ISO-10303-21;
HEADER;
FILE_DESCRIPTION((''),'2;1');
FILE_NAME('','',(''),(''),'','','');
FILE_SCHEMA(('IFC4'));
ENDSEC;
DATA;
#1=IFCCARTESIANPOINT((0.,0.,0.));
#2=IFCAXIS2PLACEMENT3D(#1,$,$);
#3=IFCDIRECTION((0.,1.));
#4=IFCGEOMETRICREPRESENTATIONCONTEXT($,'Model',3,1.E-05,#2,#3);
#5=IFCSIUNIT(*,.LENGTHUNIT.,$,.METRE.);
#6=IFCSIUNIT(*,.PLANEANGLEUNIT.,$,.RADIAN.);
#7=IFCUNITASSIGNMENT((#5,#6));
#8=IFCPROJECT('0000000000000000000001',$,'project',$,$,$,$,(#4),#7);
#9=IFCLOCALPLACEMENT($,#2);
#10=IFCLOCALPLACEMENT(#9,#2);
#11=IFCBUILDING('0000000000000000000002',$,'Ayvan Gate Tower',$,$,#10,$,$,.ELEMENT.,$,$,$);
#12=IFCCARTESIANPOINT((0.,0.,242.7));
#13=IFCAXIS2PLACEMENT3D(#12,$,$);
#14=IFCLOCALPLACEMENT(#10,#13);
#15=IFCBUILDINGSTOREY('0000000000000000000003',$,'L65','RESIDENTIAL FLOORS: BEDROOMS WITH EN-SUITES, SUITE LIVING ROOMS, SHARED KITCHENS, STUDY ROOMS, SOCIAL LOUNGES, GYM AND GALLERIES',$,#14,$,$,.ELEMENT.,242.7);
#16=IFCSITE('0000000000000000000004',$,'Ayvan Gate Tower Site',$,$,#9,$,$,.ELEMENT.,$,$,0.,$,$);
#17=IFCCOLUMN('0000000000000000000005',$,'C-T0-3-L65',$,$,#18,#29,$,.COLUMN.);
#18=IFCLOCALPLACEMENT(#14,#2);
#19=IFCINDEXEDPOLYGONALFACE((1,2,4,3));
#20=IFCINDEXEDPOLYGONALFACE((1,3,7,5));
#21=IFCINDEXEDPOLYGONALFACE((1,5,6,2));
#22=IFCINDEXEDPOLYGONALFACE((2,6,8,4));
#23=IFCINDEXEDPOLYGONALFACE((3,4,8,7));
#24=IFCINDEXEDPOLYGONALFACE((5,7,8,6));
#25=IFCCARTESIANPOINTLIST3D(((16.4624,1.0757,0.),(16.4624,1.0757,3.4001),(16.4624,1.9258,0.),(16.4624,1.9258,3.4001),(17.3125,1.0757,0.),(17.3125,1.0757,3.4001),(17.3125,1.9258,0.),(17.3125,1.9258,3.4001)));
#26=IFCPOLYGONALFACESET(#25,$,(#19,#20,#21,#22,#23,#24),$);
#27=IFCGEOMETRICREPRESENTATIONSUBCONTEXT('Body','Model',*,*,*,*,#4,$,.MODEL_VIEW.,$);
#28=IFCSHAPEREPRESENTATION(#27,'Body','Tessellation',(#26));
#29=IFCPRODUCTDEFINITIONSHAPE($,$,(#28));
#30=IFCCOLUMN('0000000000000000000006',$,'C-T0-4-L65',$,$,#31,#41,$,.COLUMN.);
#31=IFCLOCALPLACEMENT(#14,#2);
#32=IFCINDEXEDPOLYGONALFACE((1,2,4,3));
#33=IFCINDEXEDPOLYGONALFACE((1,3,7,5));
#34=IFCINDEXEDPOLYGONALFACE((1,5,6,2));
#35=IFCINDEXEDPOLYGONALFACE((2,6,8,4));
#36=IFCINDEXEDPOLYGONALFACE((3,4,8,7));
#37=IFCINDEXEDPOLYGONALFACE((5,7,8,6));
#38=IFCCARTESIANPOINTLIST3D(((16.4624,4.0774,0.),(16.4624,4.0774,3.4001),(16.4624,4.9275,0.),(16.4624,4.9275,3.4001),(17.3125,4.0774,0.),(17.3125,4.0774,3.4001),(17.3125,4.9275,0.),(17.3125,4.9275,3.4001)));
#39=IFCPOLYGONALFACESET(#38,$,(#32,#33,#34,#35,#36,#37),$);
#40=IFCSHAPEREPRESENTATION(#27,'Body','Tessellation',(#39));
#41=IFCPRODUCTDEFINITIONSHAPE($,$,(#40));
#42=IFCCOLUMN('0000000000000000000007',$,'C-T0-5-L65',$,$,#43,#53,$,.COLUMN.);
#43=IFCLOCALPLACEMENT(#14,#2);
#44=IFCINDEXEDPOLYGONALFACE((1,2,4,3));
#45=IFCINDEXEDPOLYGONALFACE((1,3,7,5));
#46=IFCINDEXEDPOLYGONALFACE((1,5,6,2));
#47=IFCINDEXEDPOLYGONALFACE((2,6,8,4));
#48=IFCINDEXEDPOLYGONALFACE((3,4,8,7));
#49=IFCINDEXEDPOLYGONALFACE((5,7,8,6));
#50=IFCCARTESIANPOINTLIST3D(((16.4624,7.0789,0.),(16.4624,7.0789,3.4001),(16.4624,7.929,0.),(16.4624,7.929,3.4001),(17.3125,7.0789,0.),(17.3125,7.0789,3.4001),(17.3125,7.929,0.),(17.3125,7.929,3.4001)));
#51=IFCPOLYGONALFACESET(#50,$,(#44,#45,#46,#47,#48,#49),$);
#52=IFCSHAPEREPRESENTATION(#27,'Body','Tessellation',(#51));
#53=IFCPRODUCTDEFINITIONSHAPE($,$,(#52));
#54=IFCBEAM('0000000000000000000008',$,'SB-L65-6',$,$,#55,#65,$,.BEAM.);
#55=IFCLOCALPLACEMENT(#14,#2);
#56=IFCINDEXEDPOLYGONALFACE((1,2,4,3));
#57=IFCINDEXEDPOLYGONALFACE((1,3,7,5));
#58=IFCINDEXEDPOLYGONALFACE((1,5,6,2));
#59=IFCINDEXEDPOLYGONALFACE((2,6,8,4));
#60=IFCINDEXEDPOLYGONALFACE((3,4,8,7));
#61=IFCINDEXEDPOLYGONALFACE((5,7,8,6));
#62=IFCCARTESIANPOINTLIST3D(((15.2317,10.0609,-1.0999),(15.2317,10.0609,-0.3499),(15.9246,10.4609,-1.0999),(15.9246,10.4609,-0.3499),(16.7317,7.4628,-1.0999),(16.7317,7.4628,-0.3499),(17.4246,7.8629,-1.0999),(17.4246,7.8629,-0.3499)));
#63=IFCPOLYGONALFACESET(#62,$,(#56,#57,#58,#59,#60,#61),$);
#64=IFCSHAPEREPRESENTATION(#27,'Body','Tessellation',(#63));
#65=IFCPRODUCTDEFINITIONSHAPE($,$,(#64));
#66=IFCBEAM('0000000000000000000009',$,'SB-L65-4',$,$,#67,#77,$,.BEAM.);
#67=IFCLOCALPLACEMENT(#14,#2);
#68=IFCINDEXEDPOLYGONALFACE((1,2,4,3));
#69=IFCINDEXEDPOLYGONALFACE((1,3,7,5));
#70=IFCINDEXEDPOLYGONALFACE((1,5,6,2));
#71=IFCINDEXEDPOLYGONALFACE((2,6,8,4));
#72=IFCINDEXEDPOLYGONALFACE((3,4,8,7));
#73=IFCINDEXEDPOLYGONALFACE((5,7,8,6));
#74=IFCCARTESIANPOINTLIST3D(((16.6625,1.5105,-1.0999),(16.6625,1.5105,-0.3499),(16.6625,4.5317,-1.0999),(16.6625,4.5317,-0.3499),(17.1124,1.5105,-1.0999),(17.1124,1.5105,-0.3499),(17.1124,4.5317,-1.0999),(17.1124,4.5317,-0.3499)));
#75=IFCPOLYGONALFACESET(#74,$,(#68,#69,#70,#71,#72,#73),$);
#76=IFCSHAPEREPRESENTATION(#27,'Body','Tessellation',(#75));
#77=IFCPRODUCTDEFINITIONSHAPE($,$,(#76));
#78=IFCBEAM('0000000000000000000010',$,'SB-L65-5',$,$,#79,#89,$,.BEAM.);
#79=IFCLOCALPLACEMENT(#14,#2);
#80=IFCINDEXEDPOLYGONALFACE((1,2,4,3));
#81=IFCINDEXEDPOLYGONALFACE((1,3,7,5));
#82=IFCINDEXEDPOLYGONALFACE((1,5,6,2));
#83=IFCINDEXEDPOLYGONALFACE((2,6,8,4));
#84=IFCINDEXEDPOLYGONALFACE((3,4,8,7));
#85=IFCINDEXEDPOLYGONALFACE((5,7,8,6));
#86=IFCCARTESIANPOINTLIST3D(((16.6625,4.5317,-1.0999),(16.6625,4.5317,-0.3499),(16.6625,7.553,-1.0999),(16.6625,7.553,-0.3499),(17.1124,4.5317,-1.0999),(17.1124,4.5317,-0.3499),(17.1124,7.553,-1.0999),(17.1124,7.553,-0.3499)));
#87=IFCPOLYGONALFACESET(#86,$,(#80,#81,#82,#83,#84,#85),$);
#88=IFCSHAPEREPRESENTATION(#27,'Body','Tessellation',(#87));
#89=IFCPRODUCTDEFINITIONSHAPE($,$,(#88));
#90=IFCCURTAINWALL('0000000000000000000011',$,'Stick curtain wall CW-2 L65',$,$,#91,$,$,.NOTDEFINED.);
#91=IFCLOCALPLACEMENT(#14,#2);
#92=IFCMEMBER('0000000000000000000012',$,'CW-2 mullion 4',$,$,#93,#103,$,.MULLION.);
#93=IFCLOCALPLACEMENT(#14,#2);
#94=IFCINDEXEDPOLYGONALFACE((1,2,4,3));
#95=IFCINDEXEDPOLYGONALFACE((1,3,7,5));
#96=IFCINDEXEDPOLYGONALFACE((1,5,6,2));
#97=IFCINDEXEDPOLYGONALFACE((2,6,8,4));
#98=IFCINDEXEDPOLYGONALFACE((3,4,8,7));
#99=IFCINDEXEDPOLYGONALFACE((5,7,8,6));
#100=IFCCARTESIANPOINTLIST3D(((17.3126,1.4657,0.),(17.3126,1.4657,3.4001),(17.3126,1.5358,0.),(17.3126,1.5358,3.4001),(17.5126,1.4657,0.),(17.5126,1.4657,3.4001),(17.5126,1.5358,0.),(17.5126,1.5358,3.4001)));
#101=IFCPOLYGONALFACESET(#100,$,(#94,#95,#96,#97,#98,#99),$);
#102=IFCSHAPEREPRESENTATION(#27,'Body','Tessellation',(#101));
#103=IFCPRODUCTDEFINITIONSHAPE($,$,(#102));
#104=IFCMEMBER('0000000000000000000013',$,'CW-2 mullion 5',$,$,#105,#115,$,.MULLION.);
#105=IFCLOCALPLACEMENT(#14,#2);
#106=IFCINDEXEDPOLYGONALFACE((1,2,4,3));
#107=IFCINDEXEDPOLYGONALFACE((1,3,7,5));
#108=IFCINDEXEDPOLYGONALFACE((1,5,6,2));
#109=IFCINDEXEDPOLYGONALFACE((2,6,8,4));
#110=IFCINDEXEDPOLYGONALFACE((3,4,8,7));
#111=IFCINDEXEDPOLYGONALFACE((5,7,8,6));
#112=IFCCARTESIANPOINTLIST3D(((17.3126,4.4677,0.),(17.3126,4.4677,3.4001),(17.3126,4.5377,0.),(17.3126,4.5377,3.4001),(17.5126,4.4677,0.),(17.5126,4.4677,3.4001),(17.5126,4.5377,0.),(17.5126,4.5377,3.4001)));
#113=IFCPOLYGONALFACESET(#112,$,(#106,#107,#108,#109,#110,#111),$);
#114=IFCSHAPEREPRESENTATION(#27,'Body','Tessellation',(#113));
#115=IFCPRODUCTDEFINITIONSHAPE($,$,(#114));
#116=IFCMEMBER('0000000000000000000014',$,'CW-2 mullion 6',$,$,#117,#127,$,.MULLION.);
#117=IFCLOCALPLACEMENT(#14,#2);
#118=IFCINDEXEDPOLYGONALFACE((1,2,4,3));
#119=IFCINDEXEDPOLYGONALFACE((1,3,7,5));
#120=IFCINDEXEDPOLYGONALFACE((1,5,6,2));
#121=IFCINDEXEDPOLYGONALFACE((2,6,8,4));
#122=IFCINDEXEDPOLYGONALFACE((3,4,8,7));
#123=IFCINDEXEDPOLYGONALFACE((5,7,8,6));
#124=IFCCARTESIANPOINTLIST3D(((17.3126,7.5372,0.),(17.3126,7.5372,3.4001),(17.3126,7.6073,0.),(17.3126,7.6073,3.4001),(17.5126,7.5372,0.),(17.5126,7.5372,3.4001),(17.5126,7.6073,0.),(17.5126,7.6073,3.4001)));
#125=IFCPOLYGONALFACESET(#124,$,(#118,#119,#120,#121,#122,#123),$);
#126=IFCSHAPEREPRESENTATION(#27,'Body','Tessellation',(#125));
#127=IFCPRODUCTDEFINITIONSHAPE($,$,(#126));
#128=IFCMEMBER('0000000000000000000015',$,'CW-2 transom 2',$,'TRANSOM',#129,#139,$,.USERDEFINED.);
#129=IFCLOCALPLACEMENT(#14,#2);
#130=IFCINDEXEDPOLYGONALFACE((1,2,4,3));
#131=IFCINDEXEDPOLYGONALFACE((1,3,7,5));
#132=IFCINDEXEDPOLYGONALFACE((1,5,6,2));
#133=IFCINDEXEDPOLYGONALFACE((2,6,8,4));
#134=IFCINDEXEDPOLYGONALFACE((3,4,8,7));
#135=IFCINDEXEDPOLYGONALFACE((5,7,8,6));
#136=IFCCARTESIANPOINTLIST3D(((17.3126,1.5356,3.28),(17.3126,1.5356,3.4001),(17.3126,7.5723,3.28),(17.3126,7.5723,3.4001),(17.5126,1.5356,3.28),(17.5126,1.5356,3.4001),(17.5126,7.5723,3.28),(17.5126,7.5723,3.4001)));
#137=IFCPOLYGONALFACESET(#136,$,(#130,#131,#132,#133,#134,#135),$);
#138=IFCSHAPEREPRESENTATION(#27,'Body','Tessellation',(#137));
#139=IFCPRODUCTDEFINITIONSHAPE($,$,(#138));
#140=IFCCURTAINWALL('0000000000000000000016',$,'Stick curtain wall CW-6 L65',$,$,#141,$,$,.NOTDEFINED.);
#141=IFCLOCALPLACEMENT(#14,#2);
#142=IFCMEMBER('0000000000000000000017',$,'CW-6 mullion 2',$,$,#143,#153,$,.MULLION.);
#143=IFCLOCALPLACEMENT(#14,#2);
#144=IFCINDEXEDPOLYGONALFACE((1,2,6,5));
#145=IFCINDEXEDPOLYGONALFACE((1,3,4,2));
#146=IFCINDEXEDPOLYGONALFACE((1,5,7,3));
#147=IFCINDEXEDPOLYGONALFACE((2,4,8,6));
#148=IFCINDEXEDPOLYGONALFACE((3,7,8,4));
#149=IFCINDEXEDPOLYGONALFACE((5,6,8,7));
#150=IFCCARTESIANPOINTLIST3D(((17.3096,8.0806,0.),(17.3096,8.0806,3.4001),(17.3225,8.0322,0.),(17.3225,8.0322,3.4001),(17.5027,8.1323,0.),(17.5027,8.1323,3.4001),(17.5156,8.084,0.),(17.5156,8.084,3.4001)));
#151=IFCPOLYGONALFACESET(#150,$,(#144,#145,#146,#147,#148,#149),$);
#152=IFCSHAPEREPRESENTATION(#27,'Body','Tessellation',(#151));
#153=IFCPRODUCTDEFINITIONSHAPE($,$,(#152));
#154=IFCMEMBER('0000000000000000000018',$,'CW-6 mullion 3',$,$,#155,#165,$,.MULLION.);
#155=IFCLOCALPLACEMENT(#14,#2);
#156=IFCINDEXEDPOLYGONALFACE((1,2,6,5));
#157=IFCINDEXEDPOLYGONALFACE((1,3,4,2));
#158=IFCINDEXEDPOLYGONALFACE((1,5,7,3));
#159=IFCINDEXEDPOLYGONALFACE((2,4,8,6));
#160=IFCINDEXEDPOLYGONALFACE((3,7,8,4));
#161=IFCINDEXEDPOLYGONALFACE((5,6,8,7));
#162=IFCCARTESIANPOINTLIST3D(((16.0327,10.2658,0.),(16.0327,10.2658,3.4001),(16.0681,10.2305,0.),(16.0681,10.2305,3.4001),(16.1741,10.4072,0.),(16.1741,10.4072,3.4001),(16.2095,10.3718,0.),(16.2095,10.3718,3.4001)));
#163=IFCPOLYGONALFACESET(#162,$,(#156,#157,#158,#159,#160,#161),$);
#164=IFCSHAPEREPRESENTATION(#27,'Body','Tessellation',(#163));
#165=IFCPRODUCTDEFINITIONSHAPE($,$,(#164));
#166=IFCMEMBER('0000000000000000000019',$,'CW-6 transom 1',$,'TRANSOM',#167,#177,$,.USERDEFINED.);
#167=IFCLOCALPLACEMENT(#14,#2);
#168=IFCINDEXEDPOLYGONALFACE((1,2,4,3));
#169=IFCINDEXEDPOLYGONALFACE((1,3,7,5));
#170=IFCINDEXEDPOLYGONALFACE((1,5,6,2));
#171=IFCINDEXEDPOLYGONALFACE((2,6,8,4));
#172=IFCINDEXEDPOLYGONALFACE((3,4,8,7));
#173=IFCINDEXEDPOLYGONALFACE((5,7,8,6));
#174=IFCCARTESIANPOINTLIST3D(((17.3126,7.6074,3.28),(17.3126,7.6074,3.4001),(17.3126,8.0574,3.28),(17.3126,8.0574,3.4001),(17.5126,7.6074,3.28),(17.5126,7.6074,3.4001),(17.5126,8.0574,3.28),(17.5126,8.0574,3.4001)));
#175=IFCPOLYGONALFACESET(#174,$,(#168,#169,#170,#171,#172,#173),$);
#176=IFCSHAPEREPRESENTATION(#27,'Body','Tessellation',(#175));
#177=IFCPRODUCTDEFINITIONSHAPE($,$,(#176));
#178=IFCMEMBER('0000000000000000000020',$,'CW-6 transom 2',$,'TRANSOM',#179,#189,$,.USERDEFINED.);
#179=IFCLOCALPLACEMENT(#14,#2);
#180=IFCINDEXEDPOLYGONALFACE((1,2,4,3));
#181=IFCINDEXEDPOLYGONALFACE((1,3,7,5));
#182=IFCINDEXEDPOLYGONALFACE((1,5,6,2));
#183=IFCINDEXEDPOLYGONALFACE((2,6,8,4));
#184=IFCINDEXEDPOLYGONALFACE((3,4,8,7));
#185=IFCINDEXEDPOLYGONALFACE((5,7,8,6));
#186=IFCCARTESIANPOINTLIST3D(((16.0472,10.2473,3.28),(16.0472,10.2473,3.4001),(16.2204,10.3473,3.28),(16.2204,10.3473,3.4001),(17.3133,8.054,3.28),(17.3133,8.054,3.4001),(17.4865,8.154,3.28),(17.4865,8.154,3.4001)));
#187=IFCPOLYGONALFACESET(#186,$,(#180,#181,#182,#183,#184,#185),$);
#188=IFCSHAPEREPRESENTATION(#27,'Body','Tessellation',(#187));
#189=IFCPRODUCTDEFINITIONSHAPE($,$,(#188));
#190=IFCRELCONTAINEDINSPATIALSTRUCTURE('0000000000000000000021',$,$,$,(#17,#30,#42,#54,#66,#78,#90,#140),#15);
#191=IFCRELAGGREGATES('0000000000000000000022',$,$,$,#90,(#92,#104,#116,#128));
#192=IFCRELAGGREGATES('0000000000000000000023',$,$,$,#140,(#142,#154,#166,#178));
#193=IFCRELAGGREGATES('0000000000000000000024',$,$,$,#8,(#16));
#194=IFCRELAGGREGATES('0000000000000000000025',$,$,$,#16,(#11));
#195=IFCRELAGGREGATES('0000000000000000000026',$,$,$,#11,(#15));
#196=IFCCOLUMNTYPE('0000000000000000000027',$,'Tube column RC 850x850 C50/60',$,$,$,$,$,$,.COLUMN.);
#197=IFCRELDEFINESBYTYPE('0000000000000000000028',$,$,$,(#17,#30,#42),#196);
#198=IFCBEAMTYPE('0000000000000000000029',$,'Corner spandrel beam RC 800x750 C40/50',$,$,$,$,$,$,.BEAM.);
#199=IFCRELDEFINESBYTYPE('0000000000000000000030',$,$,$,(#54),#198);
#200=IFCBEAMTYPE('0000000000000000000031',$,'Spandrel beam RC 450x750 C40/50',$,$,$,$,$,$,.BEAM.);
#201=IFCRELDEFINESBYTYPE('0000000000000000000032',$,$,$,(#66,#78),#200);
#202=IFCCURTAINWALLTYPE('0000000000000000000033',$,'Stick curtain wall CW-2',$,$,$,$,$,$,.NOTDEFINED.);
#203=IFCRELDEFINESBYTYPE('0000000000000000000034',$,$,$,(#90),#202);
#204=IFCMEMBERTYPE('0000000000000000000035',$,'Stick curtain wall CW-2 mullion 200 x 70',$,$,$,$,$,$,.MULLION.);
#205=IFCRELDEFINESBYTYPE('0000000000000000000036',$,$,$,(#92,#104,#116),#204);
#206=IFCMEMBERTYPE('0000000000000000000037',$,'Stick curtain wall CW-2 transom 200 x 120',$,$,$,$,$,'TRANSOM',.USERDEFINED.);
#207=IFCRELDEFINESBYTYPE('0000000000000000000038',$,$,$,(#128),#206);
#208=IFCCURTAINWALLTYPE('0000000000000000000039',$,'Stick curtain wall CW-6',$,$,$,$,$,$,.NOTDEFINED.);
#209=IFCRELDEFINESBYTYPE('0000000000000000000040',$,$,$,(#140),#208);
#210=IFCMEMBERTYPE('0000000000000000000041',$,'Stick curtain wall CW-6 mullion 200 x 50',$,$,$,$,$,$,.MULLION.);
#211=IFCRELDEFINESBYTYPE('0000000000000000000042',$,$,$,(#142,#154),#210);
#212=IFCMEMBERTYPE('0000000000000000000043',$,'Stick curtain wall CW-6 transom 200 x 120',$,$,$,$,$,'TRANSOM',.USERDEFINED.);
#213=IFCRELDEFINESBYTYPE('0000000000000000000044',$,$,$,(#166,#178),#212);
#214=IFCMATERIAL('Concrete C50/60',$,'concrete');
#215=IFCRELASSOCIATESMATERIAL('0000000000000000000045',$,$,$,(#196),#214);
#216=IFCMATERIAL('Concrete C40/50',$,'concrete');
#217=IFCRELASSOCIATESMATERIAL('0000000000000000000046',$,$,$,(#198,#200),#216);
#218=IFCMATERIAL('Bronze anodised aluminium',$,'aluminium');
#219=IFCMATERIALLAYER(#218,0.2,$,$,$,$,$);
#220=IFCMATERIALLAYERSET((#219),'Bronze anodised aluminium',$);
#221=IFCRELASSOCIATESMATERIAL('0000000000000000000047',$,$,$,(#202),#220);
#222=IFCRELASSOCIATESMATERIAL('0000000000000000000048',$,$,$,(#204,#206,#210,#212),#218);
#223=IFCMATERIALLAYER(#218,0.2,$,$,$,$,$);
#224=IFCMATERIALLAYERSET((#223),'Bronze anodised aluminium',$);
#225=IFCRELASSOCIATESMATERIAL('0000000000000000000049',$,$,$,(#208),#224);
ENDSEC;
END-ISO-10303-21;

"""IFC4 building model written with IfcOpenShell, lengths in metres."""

from ifc_helpers import new_model, si_unit, direction, frame, origin, origin_2d, place, context, subcontext, project, spatial, rectangle, extrude, material, layer, layer_set, material_profile, profile_set, type_object, element, aggregate, save


model = new_model("IFC4")

# Units and contexts
model_context = context("Model", 3, precision=1e-05, world=origin(), true_north=direction((0.0, 1.0)))
body_context = subcontext(model_context, "Body", "Model", "MODEL_VIEW")
ifc_project = project(units=[si_unit("LENGTHUNIT", "METRE"), si_unit("PLANEANGLEUNIT", "RADIAN")], contexts=[model_context])

# Site, building, storey
site_placement = place(None, origin())
site = spatial("IfcSite", under=ifc_project, at=site_placement, Name="Ayvan Gate Tower Site", CompositionType="ELEMENT", RefElevation=0.0)
building_placement = place(site_placement, origin())
building = spatial("IfcBuilding", under=site, at=building_placement, Name="Ayvan Gate Tower", CompositionType="ELEMENT")
storey_placement = place(building_placement, frame((0.0, 0.0, 242.7)))
storey = spatial("IfcBuildingStorey", under=building, at=storey_placement, Name="L65", Description="RESIDENTIAL FLOORS: BEDROOMS WITH EN-SUITES, SUITE LIVING ROOMS, SHARED KITCHENS, STUDY ROOMS, SOCIAL LOUNGES, GYM AND GALLERIES", CompositionType="ELEMENT", Elevation=242.7)

# Columns
ifc_material_1 = material(Name="Concrete C50/60", Category="concrete")
ifc_material_profile_1 = material_profile(ifc_material_1, rectangle(XDim=0.8501, YDim=0.8501, at=origin_2d()), Name="RC 850x850")
ifc_profile_set_1 = profile_set([ifc_material_profile_1], Name="Concrete C50/60")
column_type = type_object("IfcColumnType", Name="Tube column RC 850x850 C50/60", PredefinedType="COLUMN", material=ifc_profile_set_1)
for number, where, z_axis, x_axis, name in (
    (1, (16.8875, 1.5007, 0.0), (0.0, 0.0, 1.0), (1.0, 0.0, 0.0), "C-T0-3-L65"),
    (2, (16.8875, 4.5024, 0.0), (0.0, 0.0, 1.0), (1.0, 0.0, 0.0), "C-T0-4-L65"),
    (3, (16.8875, 7.5039, 0.0), (0.0, 0.0, 1.0), (1.0, 0.0, 0.0), "C-T0-5-L65"),
):
    element("IfcColumn", number, at=place(storey_placement, frame(where, z_axis=z_axis, x_axis=x_axis)), inside=storey, type_object=column_type, Name=name, PredefinedType="COLUMN", context=body_context, shape_type="SweptSolid", body=[
        extrude(rectangle(XDim=0.8501, YDim=0.8501, at=origin_2d()), origin(), (0.0, 0.0, 1.0), 3.4001),
    ])

# Beams
ifc_material_2 = material(Name="Concrete C40/50", Category="concrete")
ifc_material_profile_2 = material_profile(ifc_material_2, rectangle(XDim=0.8, YDim=0.75, at=origin_2d()), Name="RC 800x750")
ifc_profile_set_2 = profile_set([ifc_material_profile_2], Name="Concrete C40/50")
beam_type_1 = type_object("IfcBeamType", Name="Corner spandrel beam RC 800x750 C40/50", PredefinedType="BEAM", material=ifc_profile_set_2)
beam_placement = place(storey_placement, frame((17.0781, 7.6628, -0.7249), z_axis=(-0.49999, 0.866031, 0.0), x_axis=(-0.866031, -0.49999, 0.0)))
element("IfcBeam", 4, at=beam_placement, inside=storey, type_object=beam_type_1, Name="SB-L65-6", PredefinedType="BEAM", context=body_context, shape_type="SweptSolid", body=[
    extrude(rectangle(XDim=0.8, YDim=0.75, at=origin_2d()), origin(), (0.0, 0.0, 1.0), 3.0),
])
ifc_material_profile_3 = material_profile(ifc_material_2, rectangle(XDim=0.45, YDim=0.75, at=origin_2d()), Name="RC 450x750")
ifc_profile_set_3 = profile_set([ifc_material_profile_3], Name="Concrete C40/50")
beam_type_2 = type_object("IfcBeamType", Name="Spandrel beam RC 450x750 C40/50", PredefinedType="BEAM", material=ifc_profile_set_3)
for number, where, z_axis, x_axis, name in (
    (5, (16.8875, 1.5105, -0.7249), (0.0, 1.0, 0.0), (-1.0, 0.0, 0.0), "SB-L65-4"),
    (6, (16.8875, 4.5317, -0.7249), (0.0, 1.0, 0.0), (-1.0, 0.0, 0.0), "SB-L65-5"),
):
    element("IfcBeam", number, at=place(storey_placement, frame(where, z_axis=z_axis, x_axis=x_axis)), inside=storey, type_object=beam_type_2, Name=name, PredefinedType="BEAM", context=body_context, shape_type="SweptSolid", body=[
        extrude(rectangle(XDim=0.45, YDim=0.75, at=origin_2d()), origin(), (0.0, 0.0, 1.0), 3.0212),
    ])

# Curtain walls, members
ifc_material_3 = material(Name="Bronze anodised aluminium", Category="aluminium")
ifc_layer_1 = layer(ifc_material_3, 0.2)
ifc_layer_set_1 = layer_set([ifc_layer_1], Name="Bronze anodised aluminium")
curtain_wall_type_1 = type_object("IfcCurtainWallType", Name="Stick curtain wall CW-2", PredefinedType="NOTDEFINED", material=ifc_layer_set_1)
curtain_wall_1_placement = place(storey_placement, origin())
curtain_wall_1 = element("IfcCurtainWall", 7, at=curtain_wall_1_placement, inside=storey, type_object=curtain_wall_type_1, Name="Stick curtain wall CW-2 L65", PredefinedType="NOTDEFINED")
ifc_material_profile_4 = material_profile(ifc_material_3, rectangle(XDim=0.2, YDim=0.0701, at=origin_2d()), Name="Stick curtain wall CW-2 mullion 200 x 70")
ifc_profile_set_4 = profile_set([ifc_material_profile_4], Name="Bronze anodised aluminium")
member_type_1 = type_object("IfcMemberType", Name="Stick curtain wall CW-2 mullion 200 x 70", PredefinedType="MULLION", material=ifc_profile_set_4)
member_1_placement = place(storey_placement, frame((17.4126, 1.5007, 0.0), z_axis=(0.0, 0.0, 1.0), x_axis=(1.0, 0.0, 0.0)))
member_1 = element("IfcMember", 8, at=member_1_placement, type_object=member_type_1, Name="CW-2 mullion 4", PredefinedType="MULLION", context=body_context, shape_type="SweptSolid", body=[
    extrude(rectangle(XDim=0.2, YDim=0.0701, at=origin_2d()), origin(), (0.0, 0.0, 1.0), 3.4001),
])
member_2_placement = place(storey_placement, frame((17.4126, 4.5027, 0.0), z_axis=(0.0, 0.0, 1.0), x_axis=(1.0, 0.0, 0.0)))
member_2 = element("IfcMember", 9, at=member_2_placement, type_object=member_type_1, Name="CW-2 mullion 5", PredefinedType="MULLION", context=body_context, shape_type="SweptSolid", body=[
    extrude(rectangle(XDim=0.2, YDim=0.0701, at=origin_2d()), origin(), (0.0, 0.0, 1.0), 3.4001),
])
member_3_placement = place(storey_placement, frame((17.4126, 7.5723, 0.0), z_axis=(0.0, 0.0, 1.0), x_axis=(1.0, 0.0, 0.0)))
member_3 = element("IfcMember", 10, at=member_3_placement, type_object=member_type_1, Name="CW-2 mullion 6", PredefinedType="MULLION", context=body_context, shape_type="SweptSolid", body=[
    extrude(rectangle(XDim=0.2, YDim=0.0701, at=origin_2d()), origin(), (0.0, 0.0, 1.0), 3.4001),
])
ifc_material_profile_5 = material_profile(ifc_material_3, rectangle(XDim=0.2, YDim=0.1201, at=origin_2d()), Name="Stick curtain wall CW-2 transom 200 x 120")
ifc_profile_set_5 = profile_set([ifc_material_profile_5], Name="Bronze anodised aluminium")
member_type_2 = type_object("IfcMemberType", Name="Stick curtain wall CW-2 transom 200 x 120", ElementType="TRANSOM", PredefinedType="USERDEFINED", material=ifc_profile_set_5)
member_4_placement = place(storey_placement, frame((17.4126, 1.5356, 3.3401), z_axis=(0.0, 1.0, 0.0), x_axis=(-1.0, 0.0, 0.0)))
member_4 = element("IfcMember", 11, at=member_4_placement, type_object=member_type_2, Name="CW-2 transom 2", ObjectType="TRANSOM", PredefinedType="USERDEFINED", context=body_context, shape_type="SweptSolid", body=[
    extrude(rectangle(XDim=0.2, YDim=0.1201, at=origin_2d()), origin(), (0.0, 0.0, 1.0), 6.0366),
])
ifc_layer_2 = layer(ifc_material_3, 0.2)
ifc_layer_set_2 = layer_set([ifc_layer_2], Name="Bronze anodised aluminium")
curtain_wall_type_2 = type_object("IfcCurtainWallType", Name="Stick curtain wall CW-6", PredefinedType="NOTDEFINED", material=ifc_layer_set_2)
curtain_wall_2_placement = place(storey_placement, origin())
curtain_wall_2 = element("IfcCurtainWall", 12, at=curtain_wall_2_placement, inside=storey, type_object=curtain_wall_type_2, Name="Stick curtain wall CW-6 L65", PredefinedType="NOTDEFINED")
ifc_material_profile_6 = material_profile(ifc_material_3, rectangle(XDim=0.2, YDim=0.05, at=origin_2d()), Name="Stick curtain wall CW-6 mullion 200 x 50")
ifc_profile_set_6 = profile_set([ifc_material_profile_6], Name="Bronze anodised aluminium")
member_type_3 = type_object("IfcMemberType", Name="Stick curtain wall CW-6 mullion 200 x 50", PredefinedType="MULLION", material=ifc_profile_set_6)
member_5_placement = place(storey_placement, frame((17.4126, 8.0823, 0.0), z_axis=(0.0, 0.0, 1.0), x_axis=(0.965926, 0.258819, 0.0)))
member_5 = element("IfcMember", 13, at=member_5_placement, type_object=member_type_3, Name="CW-6 mullion 2", PredefinedType="MULLION", context=body_context, shape_type="SweptSolid", body=[
    extrude(rectangle(XDim=0.2, YDim=0.05, at=origin_2d()), origin(), (0.0, 0.0, 1.0), 3.4001),
])
member_6_placement = place(storey_placement, frame((16.1211, 10.3188, 0.0), z_axis=(0.0, 0.0, 1.0), x_axis=(0.707107, 0.707107, 0.0)))
member_6 = element("IfcMember", 14, at=member_6_placement, type_object=member_type_3, Name="CW-6 mullion 3", PredefinedType="MULLION", context=body_context, shape_type="SweptSolid", body=[
    extrude(rectangle(XDim=0.2, YDim=0.05, at=origin_2d()), origin(), (0.0, 0.0, 1.0), 3.4001),
])
ifc_material_profile_7 = material_profile(ifc_material_3, rectangle(XDim=0.2, YDim=0.1201, at=origin_2d()), Name="Stick curtain wall CW-6 transom 200 x 120")
ifc_profile_set_7 = profile_set([ifc_material_profile_7], Name="Bronze anodised aluminium")
member_type_4 = type_object("IfcMemberType", Name="Stick curtain wall CW-6 transom 200 x 120", ElementType="TRANSOM", PredefinedType="USERDEFINED", material=ifc_profile_set_7)
member_7_placement = place(storey_placement, frame((17.4126, 7.6074, 3.3401), z_axis=(0.0, 1.0, 0.0), x_axis=(-1.0, 0.0, 0.0)))
member_7 = element("IfcMember", 15, at=member_7_placement, type_object=member_type_4, Name="CW-6 transom 1", ObjectType="TRANSOM", PredefinedType="USERDEFINED", context=body_context, shape_type="SweptSolid", body=[
    extrude(rectangle(XDim=0.2, YDim=0.1201, at=origin_2d()), origin(), (0.0, 0.0, 1.0), 0.45),
])
member_8_placement = place(storey_placement, frame((17.3999, 8.104, 3.3401), z_axis=(-0.499934, 0.866064, 0.0), x_axis=(-0.866064, -0.499934, 0.0)))
member_8 = element("IfcMember", 16, at=member_8_placement, type_object=member_type_4, Name="CW-6 transom 2", ObjectType="TRANSOM", PredefinedType="USERDEFINED", context=body_context, shape_type="SweptSolid", body=[
    extrude(rectangle(XDim=0.2, YDim=0.1201, at=origin_2d()), origin(), (0.0, 0.0, 1.0), 2.5325),
])

aggregate(curtain_wall_1, [member_1, member_2, member_3, member_4])
aggregate(curtain_wall_2, [member_5, member_6, member_7, member_8])

save(model, "model.ifc")
